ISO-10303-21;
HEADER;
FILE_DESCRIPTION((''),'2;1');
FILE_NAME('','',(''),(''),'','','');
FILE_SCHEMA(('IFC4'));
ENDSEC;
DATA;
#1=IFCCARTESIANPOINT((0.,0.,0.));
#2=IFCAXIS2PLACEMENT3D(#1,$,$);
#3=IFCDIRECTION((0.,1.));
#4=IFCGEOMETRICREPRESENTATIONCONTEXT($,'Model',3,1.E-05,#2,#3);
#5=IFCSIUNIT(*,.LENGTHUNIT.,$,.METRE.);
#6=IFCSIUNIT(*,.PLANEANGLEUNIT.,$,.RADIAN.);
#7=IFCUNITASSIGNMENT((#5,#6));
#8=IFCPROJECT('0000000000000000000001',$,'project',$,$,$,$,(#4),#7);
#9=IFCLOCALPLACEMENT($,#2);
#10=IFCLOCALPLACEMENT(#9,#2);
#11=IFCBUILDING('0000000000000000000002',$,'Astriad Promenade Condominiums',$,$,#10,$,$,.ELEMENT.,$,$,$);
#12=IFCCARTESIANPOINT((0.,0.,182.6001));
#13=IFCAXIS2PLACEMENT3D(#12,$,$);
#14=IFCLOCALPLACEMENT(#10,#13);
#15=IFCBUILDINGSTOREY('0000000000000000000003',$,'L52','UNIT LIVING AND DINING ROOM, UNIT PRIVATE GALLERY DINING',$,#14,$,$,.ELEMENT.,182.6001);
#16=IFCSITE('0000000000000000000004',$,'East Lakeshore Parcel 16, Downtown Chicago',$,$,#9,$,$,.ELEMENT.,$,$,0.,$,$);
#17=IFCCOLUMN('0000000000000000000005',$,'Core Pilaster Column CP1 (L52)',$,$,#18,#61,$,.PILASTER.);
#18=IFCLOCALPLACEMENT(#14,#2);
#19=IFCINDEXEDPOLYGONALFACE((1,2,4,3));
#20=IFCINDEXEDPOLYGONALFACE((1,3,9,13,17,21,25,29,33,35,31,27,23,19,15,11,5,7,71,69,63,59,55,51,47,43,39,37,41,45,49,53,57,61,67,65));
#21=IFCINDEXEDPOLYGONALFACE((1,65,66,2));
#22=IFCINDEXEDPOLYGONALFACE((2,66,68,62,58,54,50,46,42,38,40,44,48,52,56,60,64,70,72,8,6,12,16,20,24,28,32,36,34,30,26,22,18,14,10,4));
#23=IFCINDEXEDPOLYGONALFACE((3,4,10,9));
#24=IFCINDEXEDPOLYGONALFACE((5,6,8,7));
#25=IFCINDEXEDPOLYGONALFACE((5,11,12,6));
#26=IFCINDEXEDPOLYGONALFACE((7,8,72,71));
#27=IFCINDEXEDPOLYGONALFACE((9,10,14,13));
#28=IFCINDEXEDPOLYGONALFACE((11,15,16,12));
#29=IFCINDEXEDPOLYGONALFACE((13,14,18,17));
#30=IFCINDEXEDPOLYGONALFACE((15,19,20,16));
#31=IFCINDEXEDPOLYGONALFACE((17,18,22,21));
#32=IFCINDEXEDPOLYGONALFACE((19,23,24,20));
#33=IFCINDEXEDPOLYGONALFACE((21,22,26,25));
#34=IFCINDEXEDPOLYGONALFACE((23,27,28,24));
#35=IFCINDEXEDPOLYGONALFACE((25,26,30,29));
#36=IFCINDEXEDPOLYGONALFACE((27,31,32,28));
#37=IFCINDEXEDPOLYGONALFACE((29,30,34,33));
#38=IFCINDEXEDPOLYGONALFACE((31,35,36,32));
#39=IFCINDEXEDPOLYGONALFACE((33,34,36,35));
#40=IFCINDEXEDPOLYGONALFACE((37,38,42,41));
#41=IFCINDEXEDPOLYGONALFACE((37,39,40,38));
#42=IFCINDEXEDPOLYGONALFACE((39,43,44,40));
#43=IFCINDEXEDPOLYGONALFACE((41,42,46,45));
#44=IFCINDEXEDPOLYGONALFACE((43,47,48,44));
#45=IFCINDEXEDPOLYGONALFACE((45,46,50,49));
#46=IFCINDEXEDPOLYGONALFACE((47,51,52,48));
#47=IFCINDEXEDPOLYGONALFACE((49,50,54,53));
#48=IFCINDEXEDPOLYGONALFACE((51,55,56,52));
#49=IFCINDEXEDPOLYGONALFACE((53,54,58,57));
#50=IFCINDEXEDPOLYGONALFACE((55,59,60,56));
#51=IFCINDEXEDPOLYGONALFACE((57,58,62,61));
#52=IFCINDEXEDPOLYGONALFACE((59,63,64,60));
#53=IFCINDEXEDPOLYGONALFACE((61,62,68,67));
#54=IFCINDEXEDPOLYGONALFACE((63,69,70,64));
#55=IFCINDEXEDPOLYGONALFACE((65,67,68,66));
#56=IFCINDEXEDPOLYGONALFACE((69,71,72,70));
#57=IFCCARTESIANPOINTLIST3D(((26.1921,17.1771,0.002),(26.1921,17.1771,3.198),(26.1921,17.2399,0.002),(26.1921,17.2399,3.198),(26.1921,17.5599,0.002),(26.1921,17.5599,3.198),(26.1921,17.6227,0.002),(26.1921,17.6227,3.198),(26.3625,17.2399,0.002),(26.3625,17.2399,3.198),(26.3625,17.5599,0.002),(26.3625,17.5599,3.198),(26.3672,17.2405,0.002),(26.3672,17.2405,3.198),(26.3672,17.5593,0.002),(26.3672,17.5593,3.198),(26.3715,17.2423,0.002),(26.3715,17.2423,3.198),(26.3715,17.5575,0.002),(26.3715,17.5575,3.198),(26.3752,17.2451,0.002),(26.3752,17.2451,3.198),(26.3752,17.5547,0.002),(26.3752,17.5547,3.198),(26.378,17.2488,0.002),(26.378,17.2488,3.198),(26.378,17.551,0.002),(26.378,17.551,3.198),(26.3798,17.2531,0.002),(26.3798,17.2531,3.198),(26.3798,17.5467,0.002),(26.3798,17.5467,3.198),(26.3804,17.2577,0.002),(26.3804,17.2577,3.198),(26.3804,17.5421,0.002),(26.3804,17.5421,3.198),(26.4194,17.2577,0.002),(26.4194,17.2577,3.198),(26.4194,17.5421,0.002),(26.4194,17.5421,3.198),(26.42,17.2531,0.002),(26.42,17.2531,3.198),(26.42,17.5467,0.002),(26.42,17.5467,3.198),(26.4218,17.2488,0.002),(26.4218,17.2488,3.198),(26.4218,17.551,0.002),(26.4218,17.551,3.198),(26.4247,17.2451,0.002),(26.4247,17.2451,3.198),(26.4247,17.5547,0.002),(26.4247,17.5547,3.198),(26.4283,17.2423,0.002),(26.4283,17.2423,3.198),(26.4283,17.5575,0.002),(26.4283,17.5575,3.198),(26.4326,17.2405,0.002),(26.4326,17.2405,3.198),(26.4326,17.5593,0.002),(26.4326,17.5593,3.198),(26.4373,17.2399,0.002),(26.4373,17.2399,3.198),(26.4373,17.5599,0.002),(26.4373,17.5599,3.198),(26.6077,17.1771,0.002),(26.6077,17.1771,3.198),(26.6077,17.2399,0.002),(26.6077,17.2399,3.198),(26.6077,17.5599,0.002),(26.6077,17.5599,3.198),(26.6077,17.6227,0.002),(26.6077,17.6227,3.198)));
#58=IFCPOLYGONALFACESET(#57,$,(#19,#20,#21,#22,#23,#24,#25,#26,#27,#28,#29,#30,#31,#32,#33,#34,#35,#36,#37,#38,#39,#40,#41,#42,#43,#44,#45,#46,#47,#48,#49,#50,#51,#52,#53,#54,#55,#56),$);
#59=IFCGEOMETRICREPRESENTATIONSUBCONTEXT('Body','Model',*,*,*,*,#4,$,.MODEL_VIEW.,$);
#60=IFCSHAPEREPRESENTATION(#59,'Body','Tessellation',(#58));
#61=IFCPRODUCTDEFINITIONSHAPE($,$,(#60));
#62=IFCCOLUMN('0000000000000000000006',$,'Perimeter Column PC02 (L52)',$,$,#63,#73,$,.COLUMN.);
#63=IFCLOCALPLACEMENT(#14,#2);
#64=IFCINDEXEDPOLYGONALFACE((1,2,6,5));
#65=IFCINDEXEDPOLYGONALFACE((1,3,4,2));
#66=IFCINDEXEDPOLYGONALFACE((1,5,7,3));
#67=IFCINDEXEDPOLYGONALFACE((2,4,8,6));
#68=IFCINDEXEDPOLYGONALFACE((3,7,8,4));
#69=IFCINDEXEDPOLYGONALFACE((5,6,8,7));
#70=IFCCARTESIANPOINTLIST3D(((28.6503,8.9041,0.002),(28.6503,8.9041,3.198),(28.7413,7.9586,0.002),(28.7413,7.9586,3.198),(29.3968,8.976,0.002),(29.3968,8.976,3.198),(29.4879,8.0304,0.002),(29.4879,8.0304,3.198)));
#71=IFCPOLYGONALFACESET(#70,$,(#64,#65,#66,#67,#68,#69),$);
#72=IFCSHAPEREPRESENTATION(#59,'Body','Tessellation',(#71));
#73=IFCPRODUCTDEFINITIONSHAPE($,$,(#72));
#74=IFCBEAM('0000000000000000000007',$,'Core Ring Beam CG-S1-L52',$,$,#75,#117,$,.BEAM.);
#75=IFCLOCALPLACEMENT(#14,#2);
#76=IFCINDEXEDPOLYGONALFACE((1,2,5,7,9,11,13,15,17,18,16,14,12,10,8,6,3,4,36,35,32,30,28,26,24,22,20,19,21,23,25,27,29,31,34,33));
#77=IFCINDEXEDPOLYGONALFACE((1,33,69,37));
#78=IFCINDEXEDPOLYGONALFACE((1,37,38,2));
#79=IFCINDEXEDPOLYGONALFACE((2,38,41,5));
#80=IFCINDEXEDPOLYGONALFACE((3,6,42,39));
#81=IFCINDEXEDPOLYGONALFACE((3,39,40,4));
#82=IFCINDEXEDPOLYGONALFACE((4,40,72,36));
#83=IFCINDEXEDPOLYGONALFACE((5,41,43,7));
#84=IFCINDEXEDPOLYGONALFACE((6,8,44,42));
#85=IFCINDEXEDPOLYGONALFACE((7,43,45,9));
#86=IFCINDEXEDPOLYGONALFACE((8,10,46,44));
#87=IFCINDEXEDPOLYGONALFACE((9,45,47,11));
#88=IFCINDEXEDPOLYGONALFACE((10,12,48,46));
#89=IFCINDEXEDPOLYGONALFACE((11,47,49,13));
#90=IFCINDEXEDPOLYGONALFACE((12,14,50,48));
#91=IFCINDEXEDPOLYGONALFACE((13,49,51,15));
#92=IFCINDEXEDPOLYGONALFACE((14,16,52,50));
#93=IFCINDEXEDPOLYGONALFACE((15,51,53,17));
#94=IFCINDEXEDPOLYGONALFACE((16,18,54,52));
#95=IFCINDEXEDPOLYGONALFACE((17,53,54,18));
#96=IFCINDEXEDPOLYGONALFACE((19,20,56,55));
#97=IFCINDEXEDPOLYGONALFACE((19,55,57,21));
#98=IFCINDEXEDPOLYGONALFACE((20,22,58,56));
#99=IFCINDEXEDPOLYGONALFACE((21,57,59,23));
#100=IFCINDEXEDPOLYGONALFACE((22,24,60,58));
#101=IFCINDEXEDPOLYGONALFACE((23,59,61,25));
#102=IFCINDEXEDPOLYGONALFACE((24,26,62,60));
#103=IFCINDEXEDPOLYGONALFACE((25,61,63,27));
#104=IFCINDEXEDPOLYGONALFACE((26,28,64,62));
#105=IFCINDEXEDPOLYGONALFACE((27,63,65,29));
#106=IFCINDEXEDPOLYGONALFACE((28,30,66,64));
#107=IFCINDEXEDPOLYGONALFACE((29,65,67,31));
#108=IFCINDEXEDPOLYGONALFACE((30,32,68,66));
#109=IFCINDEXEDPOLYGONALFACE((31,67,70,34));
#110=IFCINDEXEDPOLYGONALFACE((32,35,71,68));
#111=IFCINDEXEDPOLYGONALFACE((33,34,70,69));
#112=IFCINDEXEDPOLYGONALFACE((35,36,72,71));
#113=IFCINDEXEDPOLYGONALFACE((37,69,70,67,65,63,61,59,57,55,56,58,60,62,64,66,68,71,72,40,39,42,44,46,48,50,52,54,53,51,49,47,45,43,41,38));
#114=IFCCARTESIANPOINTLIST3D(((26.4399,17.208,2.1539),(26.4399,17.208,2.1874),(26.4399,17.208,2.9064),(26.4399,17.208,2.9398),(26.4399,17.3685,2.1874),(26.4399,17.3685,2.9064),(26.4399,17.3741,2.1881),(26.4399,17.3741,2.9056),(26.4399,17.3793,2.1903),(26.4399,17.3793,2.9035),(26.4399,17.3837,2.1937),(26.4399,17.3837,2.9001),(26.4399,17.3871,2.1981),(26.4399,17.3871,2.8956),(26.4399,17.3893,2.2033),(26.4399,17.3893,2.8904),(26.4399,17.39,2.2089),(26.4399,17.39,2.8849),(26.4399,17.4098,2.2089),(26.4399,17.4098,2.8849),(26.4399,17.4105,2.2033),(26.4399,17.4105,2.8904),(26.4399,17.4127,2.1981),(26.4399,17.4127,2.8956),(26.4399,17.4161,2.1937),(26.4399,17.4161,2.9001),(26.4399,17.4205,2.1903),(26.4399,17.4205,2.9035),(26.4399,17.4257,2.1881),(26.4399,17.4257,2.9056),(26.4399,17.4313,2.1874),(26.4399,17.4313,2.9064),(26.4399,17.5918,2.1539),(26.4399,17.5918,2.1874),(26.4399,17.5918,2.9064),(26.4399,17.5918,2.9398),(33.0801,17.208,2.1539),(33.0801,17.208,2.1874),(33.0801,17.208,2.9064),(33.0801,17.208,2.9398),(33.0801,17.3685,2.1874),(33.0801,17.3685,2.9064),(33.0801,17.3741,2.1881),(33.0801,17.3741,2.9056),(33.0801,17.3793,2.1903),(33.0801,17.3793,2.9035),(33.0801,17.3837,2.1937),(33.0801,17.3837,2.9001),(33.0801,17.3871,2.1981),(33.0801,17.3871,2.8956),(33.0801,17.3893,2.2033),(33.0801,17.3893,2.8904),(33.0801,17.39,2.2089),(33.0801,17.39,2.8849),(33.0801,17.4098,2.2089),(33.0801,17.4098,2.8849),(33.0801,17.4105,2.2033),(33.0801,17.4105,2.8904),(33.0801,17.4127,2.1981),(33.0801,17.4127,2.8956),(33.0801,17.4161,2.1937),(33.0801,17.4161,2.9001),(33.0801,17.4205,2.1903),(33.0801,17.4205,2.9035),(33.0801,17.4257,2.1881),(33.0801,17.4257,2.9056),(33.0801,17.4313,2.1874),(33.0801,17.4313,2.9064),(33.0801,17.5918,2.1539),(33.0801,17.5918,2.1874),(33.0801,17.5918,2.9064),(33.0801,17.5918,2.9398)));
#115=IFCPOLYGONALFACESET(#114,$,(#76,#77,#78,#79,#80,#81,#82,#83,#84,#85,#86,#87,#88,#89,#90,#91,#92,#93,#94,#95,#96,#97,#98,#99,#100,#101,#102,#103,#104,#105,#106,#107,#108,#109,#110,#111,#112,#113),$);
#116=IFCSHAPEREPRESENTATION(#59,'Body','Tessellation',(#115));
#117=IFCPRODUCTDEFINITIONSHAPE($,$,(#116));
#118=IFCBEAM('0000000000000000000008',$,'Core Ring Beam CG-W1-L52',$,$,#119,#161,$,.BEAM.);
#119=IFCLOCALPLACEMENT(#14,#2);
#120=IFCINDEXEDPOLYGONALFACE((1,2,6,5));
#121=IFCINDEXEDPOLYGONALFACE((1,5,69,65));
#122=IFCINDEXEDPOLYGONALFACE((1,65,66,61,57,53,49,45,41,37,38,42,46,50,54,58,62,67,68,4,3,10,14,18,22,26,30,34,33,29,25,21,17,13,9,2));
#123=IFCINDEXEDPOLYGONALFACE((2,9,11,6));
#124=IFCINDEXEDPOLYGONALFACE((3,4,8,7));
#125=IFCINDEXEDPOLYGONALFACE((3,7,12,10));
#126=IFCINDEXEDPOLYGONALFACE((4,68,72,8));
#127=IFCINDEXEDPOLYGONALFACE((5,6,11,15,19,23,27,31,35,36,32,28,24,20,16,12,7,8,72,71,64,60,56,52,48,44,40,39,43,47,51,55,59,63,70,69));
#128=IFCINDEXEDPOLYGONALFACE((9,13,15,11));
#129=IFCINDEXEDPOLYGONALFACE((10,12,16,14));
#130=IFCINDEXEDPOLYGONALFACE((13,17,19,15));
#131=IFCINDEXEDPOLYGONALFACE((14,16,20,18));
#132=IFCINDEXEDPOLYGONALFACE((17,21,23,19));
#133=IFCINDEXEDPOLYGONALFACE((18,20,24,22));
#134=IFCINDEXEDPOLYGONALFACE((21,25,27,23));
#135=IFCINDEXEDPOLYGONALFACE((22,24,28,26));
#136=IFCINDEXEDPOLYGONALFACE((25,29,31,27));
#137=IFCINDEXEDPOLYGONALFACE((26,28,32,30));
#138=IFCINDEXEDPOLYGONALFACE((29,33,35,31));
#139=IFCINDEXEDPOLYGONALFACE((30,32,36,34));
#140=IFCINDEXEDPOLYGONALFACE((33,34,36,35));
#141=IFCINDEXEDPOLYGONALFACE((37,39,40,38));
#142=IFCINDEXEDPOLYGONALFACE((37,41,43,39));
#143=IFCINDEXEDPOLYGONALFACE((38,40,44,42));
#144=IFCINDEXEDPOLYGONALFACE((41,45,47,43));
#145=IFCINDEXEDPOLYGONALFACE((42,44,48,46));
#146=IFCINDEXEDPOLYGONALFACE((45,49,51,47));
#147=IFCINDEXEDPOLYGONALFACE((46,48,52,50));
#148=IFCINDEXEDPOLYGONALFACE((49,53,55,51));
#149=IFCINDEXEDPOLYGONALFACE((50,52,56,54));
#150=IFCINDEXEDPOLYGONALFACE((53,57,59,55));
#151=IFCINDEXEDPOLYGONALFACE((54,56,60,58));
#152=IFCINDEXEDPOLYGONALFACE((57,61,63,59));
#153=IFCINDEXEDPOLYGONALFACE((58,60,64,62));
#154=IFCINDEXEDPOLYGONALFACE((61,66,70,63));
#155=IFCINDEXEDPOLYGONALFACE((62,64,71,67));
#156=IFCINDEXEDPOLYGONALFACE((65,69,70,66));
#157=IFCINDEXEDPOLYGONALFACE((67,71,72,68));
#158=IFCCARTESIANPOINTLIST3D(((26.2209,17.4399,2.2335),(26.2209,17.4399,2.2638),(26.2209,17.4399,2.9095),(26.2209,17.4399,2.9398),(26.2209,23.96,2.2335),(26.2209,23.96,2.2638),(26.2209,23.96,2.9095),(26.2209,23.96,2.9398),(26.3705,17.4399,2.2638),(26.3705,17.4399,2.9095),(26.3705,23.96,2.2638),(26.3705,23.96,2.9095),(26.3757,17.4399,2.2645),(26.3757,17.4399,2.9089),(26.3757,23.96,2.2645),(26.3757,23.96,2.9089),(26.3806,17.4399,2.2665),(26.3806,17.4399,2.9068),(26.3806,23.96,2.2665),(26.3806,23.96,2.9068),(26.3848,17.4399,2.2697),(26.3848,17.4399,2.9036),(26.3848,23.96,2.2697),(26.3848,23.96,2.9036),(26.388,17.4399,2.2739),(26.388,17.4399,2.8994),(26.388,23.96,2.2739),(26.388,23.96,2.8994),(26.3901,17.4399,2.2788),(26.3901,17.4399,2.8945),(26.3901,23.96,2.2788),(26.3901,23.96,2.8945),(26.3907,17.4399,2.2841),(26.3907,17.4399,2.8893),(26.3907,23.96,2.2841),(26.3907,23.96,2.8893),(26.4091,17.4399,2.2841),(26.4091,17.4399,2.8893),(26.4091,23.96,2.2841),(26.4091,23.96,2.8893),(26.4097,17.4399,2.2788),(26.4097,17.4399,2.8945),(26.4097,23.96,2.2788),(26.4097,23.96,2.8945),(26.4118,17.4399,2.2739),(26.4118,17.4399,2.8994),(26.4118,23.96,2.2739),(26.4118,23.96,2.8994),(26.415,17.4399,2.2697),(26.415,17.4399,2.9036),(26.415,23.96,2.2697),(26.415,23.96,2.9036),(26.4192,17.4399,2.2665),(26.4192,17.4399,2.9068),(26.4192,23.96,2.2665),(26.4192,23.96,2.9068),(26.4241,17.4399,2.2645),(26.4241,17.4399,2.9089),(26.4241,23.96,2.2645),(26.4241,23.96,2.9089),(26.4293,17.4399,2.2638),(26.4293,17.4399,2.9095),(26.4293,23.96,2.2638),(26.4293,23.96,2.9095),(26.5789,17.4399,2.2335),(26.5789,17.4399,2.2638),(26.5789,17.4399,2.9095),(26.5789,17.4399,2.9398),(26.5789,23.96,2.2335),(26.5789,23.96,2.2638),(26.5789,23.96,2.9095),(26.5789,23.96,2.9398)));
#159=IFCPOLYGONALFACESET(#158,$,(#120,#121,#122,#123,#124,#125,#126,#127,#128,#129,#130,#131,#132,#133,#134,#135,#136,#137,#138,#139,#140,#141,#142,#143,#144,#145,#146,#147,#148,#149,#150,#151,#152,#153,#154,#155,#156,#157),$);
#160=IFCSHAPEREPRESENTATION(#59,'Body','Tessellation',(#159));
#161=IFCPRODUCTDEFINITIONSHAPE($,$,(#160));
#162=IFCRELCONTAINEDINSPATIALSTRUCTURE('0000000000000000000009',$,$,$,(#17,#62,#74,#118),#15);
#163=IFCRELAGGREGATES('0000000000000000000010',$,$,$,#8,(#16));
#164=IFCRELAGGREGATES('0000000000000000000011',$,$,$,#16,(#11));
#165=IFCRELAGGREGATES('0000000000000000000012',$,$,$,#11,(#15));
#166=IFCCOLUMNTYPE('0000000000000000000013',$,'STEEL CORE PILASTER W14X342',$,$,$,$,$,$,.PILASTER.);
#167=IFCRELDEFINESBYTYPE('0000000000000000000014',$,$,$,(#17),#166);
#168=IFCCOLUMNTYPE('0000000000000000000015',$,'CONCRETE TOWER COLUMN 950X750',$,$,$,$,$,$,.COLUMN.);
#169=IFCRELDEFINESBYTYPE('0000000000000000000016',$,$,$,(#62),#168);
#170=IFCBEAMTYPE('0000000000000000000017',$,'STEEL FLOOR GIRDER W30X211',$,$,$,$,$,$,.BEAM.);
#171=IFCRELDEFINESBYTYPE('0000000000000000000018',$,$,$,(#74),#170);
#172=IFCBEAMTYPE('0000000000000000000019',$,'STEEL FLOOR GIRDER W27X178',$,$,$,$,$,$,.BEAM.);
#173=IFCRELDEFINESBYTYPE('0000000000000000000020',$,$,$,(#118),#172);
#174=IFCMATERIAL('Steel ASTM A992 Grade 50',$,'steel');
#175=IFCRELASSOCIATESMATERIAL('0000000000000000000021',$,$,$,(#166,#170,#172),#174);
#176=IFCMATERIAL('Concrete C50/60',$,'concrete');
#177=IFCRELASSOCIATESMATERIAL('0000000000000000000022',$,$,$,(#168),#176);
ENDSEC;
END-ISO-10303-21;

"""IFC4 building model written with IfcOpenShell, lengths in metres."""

from ifc_helpers import new_model, si_unit, direction, frame, origin, origin_2d, place, context, subcontext, project, spatial, rectangle, i_section, extrude, source, transform, mapped, material, material_profile, profile_set, type_object, type_shapes, element, save


model = new_model("IFC4")

# Units and contexts
model_context = context("Model", 3, precision=1e-05, world=origin(), true_north=direction((0.0, 1.0)))
body_context = subcontext(model_context, "Body", "Model", "MODEL_VIEW")
ifc_project = project(units=[si_unit("LENGTHUNIT", "METRE"), si_unit("PLANEANGLEUNIT", "RADIAN")], contexts=[model_context])

# Site, building, storey
site_placement = place(None, origin())
site = spatial("IfcSite", under=ifc_project, at=site_placement, Name="East Lakeshore Parcel 16, Downtown Chicago", CompositionType="ELEMENT", RefElevation=0.0)
building_placement = place(site_placement, origin())
building = spatial("IfcBuilding", under=site, at=building_placement, Name="Astriad Promenade Condominiums", CompositionType="ELEMENT")
storey_placement = place(building_placement, frame((0.0, 0.0, 182.6001)))
storey = spatial("IfcBuildingStorey", under=building, at=storey_placement, Name="L52", Description="UNIT LIVING AND DINING ROOM, UNIT PRIVATE GALLERY DINING", CompositionType="ELEMENT", Elevation=182.6001)

# Columns
ifc_material_1 = material(Name="Steel ASTM A992 Grade 50", Category="steel")
ifc_material_profile_1 = material_profile(ifc_material_1, i_section(OverallWidth=0.4155, OverallDepth=0.4456, WebThickness=0.0391, FlangeThickness=0.0627, FilletRadius=0.0178, at=origin_2d()), Name="W14X342")
ifc_profile_set_1 = profile_set([ifc_material_profile_1], Name="Steel ASTM A992 Grade 50")
column_type_1 = type_object("IfcColumnType", Name="STEEL CORE PILASTER W14X342", PredefinedType="PILASTER", material=ifc_profile_set_1)
shared_shape_1 = source(origin(), body_context, "Body", "SweptSolid", [
    extrude(i_section(OverallWidth=0.4155, OverallDepth=0.4456, WebThickness=0.0391, FlangeThickness=0.0627, FilletRadius=0.0178, at=origin_2d()), origin(), (0.0, 0.0, 1.0), 3.196),
])
type_shapes(column_type_1, [shared_shape_1])
column_1_placement = place(storey_placement, frame((26.3999, 17.3999, 0.002), z_axis=(0.0, 0.0, 1.0), x_axis=(1.0, 0.0, 0.0)))
element("IfcColumn", 1, at=column_1_placement, inside=storey, type_object=column_type_1, Name="Core Pilaster Column CP1 (L52)", PredefinedType="PILASTER", context=body_context, shape_type="MappedRepresentation", body=[
    mapped(shared_shape_1, transform((0.0, 0.0, 0.0), scale=1.0)),
])
ifc_material_2 = material(Name="Concrete C50/60", Category="concrete")
ifc_material_profile_2 = material_profile(ifc_material_2, rectangle(XDim=0.75, YDim=0.95, at=origin_2d()), Name="RC-COL-950X750")
ifc_profile_set_2 = profile_set([ifc_material_profile_2], Name="Concrete C50/60")
column_type_2 = type_object("IfcColumnType", Name="CONCRETE TOWER COLUMN 950X750", PredefinedType="COLUMN", material=ifc_profile_set_2)
shared_shape_2 = source(origin(), body_context, "Body", "SweptSolid", [
    extrude(rectangle(XDim=0.75, YDim=0.95, at=origin_2d()), origin(), (0.0, 0.0, 1.0), 3.196),
])
type_shapes(column_type_2, [shared_shape_2])
column_2_placement = place(storey_placement, frame((29.0691, 8.4673, 0.002), z_axis=(0.0, 0.0, 1.0), x_axis=(0.995396, 0.095846, 0.0)))
element("IfcColumn", 2, at=column_2_placement, inside=storey, type_object=column_type_2, Name="Perimeter Column PC02 (L52)", PredefinedType="COLUMN", context=body_context, shape_type="MappedRepresentation", body=[
    mapped(shared_shape_2, transform((0.0, 0.0, 0.0), scale=1.0)),
])

# Beams
ifc_material_profile_3 = material_profile(ifc_material_1, i_section(OverallWidth=0.3838, OverallDepth=0.7859, WebThickness=0.0198, FlangeThickness=0.0334, FilletRadius=0.0215, at=origin_2d()), Name="W30X211")
ifc_profile_set_3 = profile_set([ifc_material_profile_3], Name="Steel ASTM A992 Grade 50")
beam_type_1 = type_object("IfcBeamType", Name="STEEL FLOOR GIRDER W30X211", PredefinedType="BEAM", material=ifc_profile_set_3)
shared_shape_3 = source(origin(), body_context, "Body", "SweptSolid", [
    extrude(i_section(OverallWidth=0.3838, OverallDepth=0.7859, WebThickness=0.0198, FlangeThickness=0.0334, FilletRadius=0.0215, at=origin_2d()), origin(), (0.0, 0.0, 1.0), 6.6401),
])
type_shapes(beam_type_1, [shared_shape_3])
beam_1_placement = place(storey_placement, frame((26.4399, 17.3999, 2.5469), z_axis=(1.0, 0.0, 0.0), x_axis=(0.0, 1.0, 0.0)))
element("IfcBeam", 3, at=beam_1_placement, inside=storey, type_object=beam_type_1, Name="Core Ring Beam CG-S1-L52", PredefinedType="BEAM", context=body_context, shape_type="MappedRepresentation", body=[
    mapped(shared_shape_3, transform((0.0, 0.0, 0.0), scale=1.0)),
])
ifc_material_profile_4 = material_profile(ifc_material_1, i_section(OverallWidth=0.3579, OverallDepth=0.7063, WebThickness=0.0183, FlangeThickness=0.0303, FilletRadius=0.0203, at=origin_2d()), Name="W27X178")
ifc_profile_set_4 = profile_set([ifc_material_profile_4], Name="Steel ASTM A992 Grade 50")
beam_type_2 = type_object("IfcBeamType", Name="STEEL FLOOR GIRDER W27X178", PredefinedType="BEAM", material=ifc_profile_set_4)
shared_shape_4 = source(origin(), body_context, "Body", "SweptSolid", [
    extrude(i_section(OverallWidth=0.3579, OverallDepth=0.7063, WebThickness=0.0183, FlangeThickness=0.0303, FilletRadius=0.0203, at=origin_2d()), origin(), (0.0, 0.0, 1.0), 6.52),
])
type_shapes(beam_type_2, [shared_shape_4])
beam_2_placement = place(storey_placement, frame((26.3999, 17.4399, 2.5867), z_axis=(0.0, 1.0, 0.0), x_axis=(-1.0, 0.0, 0.0)))
element("IfcBeam", 4, at=beam_2_placement, inside=storey, type_object=beam_type_2, Name="Core Ring Beam CG-W1-L52", PredefinedType="BEAM", context=body_context, shape_type="MappedRepresentation", body=[
    mapped(shared_shape_4, transform((0.0, 0.0, 0.0), scale=1.0)),
])

save(model, "model.ifc")
